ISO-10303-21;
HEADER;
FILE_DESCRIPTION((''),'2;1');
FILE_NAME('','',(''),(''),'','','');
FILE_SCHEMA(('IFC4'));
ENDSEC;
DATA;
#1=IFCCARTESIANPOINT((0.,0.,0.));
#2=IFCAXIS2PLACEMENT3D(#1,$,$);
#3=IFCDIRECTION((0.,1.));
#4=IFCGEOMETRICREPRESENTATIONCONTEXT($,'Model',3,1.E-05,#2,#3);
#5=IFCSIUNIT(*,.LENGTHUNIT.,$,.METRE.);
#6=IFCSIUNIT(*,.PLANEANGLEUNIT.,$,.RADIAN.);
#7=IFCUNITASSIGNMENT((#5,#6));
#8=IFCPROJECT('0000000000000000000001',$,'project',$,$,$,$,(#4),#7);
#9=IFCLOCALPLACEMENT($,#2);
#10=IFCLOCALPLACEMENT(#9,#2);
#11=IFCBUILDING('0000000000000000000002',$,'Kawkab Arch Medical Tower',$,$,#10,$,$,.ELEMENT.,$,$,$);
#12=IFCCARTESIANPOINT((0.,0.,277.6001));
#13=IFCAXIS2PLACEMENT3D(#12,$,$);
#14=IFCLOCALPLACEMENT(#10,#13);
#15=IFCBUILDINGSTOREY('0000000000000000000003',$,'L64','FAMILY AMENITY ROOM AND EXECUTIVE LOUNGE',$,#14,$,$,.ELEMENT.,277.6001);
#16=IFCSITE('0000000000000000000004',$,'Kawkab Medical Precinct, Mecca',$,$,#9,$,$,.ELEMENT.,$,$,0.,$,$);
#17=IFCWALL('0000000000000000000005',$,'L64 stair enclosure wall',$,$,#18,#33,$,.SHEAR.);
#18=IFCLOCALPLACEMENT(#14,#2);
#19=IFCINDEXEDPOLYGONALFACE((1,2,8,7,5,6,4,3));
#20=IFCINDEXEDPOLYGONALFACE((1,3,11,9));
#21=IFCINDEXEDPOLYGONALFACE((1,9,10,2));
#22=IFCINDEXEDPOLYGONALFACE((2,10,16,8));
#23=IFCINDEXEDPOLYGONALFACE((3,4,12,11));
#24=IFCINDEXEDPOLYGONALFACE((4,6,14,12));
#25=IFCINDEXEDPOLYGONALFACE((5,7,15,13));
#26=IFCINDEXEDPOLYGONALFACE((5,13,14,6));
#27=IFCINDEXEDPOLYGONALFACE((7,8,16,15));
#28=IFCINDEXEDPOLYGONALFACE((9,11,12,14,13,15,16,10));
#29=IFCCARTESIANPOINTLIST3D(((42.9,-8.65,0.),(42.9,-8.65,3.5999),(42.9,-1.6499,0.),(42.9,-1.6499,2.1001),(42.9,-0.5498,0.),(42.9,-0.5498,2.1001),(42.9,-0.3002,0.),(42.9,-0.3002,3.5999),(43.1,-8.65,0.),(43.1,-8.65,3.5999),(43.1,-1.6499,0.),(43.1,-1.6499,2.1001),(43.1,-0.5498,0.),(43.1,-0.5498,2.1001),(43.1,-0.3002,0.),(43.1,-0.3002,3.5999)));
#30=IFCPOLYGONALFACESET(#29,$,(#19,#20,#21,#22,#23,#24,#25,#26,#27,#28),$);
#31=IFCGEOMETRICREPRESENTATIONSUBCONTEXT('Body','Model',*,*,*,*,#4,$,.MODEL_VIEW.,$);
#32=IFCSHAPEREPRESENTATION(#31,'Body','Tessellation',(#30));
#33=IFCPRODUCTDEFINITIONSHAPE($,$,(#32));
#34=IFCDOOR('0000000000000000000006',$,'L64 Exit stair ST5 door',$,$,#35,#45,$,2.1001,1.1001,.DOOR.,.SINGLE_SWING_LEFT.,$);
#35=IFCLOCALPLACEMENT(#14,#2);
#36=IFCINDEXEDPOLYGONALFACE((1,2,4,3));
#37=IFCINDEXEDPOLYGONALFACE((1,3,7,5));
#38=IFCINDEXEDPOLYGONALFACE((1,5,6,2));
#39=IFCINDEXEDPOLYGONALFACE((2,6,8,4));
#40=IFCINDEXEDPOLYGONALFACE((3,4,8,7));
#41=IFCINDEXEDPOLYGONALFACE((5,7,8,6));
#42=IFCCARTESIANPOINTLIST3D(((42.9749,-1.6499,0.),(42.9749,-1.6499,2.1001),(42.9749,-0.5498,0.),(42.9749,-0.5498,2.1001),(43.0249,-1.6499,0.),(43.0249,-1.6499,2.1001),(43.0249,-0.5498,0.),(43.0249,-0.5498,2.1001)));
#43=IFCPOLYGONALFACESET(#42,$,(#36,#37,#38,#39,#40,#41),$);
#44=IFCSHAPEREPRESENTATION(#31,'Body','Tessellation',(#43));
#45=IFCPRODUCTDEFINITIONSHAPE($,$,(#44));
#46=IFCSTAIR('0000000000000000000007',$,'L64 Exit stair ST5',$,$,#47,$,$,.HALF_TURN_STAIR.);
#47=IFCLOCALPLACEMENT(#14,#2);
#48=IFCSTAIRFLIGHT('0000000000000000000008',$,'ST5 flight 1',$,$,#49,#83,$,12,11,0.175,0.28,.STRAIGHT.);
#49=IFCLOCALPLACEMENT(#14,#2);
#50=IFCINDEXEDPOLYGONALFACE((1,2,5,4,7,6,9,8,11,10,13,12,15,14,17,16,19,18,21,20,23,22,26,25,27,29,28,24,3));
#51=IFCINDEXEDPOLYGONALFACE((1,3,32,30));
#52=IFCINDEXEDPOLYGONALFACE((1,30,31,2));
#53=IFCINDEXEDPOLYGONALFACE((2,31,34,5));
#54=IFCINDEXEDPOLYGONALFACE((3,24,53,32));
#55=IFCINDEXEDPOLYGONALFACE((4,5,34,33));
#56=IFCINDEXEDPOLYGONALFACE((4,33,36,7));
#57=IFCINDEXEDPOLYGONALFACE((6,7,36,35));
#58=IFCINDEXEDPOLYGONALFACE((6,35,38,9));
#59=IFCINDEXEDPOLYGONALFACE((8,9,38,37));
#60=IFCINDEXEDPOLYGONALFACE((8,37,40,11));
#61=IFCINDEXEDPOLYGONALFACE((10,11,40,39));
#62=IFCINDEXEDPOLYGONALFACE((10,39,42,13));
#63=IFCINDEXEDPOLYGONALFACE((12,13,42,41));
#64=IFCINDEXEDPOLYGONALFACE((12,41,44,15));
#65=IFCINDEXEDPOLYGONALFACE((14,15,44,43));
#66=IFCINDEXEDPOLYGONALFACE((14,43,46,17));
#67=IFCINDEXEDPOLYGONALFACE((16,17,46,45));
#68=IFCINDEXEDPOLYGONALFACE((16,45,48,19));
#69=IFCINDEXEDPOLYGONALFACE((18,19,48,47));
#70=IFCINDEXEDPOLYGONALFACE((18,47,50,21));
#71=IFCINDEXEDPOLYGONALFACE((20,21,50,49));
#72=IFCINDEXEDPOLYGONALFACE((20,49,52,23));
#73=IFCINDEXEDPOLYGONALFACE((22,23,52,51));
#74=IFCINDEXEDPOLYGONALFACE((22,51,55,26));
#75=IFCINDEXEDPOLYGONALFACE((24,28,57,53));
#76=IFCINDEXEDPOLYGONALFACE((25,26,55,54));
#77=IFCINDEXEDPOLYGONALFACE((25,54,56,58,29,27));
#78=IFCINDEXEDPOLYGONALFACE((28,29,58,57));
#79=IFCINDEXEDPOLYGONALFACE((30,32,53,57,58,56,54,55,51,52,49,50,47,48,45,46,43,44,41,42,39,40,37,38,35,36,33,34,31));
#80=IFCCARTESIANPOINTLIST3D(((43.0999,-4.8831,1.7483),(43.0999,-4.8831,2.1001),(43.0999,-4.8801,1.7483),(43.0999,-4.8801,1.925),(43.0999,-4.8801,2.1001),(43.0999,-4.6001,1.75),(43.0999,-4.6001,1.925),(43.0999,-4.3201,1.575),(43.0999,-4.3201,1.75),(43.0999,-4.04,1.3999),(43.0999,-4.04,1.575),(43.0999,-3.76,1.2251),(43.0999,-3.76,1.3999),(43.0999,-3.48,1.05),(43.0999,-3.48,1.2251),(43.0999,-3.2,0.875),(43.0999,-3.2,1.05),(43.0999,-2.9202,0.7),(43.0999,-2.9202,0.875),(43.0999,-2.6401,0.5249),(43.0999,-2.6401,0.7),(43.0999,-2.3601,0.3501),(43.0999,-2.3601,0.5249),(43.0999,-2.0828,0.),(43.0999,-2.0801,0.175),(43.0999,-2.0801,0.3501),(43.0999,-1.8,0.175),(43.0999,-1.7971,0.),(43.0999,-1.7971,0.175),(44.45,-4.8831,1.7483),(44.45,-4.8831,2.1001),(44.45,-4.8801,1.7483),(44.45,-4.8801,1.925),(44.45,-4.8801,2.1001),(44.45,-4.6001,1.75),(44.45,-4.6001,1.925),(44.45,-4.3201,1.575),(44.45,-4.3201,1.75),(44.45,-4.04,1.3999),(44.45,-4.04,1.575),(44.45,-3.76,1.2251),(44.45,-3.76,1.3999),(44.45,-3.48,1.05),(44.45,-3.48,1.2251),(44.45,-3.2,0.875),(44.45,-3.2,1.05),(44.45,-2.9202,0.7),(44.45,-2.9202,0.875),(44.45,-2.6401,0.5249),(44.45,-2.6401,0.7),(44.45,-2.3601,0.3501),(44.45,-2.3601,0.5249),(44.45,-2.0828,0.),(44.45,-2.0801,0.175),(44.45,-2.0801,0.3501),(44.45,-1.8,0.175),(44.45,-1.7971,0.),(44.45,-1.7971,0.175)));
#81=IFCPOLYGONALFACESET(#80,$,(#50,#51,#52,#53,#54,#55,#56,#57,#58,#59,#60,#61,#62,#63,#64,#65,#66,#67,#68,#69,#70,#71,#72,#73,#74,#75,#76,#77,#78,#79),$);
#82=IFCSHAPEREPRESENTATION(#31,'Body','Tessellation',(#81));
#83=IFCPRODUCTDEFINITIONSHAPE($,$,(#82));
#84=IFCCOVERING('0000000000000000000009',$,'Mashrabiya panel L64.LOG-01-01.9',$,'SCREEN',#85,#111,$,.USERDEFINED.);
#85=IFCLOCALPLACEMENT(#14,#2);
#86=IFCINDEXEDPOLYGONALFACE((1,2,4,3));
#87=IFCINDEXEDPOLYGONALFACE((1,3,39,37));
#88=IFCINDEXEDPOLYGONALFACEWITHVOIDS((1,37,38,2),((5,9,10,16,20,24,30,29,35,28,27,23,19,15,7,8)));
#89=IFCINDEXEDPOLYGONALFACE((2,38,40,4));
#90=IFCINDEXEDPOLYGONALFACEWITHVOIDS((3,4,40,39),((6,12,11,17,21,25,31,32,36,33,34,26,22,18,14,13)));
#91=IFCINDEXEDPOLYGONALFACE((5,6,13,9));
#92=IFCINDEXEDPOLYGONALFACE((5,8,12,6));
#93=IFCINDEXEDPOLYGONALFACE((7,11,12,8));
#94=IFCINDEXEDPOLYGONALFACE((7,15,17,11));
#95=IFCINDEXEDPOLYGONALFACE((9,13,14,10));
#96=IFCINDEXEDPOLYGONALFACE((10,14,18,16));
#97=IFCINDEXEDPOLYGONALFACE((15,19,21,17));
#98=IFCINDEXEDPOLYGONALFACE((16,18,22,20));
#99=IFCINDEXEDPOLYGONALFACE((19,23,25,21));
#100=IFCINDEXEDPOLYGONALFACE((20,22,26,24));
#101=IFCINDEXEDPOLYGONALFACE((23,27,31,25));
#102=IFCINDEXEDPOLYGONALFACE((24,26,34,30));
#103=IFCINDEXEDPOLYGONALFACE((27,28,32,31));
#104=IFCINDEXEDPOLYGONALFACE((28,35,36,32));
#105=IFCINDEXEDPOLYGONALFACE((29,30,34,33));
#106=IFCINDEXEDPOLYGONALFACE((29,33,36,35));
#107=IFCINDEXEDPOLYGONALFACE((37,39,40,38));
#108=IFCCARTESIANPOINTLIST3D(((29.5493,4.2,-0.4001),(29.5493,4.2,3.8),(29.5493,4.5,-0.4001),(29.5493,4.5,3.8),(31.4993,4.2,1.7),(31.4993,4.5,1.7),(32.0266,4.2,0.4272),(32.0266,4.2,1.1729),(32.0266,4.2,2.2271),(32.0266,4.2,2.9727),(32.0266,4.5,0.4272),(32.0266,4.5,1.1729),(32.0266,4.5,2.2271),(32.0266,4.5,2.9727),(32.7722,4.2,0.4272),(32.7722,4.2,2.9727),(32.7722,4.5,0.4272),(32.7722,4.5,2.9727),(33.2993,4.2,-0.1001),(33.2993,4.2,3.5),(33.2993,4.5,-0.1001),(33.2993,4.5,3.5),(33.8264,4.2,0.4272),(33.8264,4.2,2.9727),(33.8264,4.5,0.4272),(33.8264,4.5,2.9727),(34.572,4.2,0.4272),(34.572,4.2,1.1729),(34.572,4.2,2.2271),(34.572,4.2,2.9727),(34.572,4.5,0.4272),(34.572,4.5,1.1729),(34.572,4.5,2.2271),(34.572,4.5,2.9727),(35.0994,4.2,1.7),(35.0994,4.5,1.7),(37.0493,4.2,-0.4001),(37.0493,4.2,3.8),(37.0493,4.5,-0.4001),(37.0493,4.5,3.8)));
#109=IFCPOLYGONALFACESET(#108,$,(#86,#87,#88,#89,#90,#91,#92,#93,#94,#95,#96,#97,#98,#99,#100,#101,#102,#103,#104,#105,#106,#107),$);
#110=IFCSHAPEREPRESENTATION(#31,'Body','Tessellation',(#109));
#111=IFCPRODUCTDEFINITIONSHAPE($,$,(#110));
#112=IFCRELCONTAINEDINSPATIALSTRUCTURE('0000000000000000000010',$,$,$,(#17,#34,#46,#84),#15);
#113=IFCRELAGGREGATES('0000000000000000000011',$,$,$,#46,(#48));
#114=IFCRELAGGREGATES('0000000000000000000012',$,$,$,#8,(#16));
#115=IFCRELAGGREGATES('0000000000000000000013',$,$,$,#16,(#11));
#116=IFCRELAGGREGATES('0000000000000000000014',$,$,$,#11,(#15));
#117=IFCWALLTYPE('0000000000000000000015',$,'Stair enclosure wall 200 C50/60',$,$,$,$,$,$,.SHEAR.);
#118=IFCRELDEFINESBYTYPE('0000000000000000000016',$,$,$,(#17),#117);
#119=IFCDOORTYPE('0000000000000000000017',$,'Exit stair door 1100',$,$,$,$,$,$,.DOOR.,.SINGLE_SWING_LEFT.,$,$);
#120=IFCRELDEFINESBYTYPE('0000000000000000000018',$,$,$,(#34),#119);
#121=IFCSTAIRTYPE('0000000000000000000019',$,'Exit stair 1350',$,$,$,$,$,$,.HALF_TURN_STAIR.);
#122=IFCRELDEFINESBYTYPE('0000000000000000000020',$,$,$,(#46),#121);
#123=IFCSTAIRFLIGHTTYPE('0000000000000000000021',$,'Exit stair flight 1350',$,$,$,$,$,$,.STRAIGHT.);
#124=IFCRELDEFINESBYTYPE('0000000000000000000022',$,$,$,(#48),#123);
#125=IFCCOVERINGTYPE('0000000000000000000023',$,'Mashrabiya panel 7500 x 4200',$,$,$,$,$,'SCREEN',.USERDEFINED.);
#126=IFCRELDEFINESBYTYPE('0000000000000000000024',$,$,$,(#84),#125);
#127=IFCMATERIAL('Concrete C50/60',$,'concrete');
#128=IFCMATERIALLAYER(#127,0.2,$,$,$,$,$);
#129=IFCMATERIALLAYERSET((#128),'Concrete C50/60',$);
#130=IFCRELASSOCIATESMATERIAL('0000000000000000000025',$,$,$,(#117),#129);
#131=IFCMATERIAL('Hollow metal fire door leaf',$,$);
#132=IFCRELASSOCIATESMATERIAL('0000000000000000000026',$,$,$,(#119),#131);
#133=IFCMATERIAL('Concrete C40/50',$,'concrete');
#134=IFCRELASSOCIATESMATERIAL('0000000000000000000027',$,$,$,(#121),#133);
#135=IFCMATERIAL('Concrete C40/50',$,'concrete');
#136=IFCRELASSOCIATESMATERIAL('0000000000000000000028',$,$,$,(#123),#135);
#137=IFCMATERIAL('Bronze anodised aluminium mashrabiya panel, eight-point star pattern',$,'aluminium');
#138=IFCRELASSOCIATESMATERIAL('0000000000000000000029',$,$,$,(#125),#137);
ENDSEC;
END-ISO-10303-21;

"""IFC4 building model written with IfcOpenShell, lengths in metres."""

from ifc_helpers import new_model, si_unit, direction, frame, frame_2d, origin, place, context, subcontext, project, spatial, polyline, rectangle, outline, extrude, material, layer, layer_set, material_profile, profile_set, type_object, element, fill, aggregate, save


model = new_model("IFC4")

# Units and contexts
model_context = context("Model", 3, precision=1e-05, world=origin(), true_north=direction((0.0, 1.0)))
body_context = subcontext(model_context, "Body", "Model", "MODEL_VIEW")
ifc_project = project(units=[si_unit("LENGTHUNIT", "METRE"), si_unit("PLANEANGLEUNIT", "RADIAN")], contexts=[model_context])

# Site, building, storey
site_placement = place(None, origin())
site = spatial("IfcSite", under=ifc_project, at=site_placement, Name="Kawkab Medical Precinct, Mecca", CompositionType="ELEMENT", RefElevation=0.0)
building_placement = place(site_placement, origin())
building = spatial("IfcBuilding", under=site, at=building_placement, Name="Kawkab Arch Medical Tower", CompositionType="ELEMENT")
storey_placement = place(building_placement, frame((0.0, 0.0, 277.6001)))
storey = spatial("IfcBuildingStorey", under=building, at=storey_placement, Name="L64", Description="FAMILY AMENITY ROOM AND EXECUTIVE LOUNGE", CompositionType="ELEMENT", Elevation=277.6001)

# Shared definitions
placement = place(storey_placement, origin())

# Wall, opening, door
ifc_material_1 = material(Name="Concrete C50/60", Category="concrete")
ifc_layer_1 = layer(ifc_material_1, 0.2)
ifc_layer_set_1 = layer_set([ifc_layer_1], Name="Concrete C50/60")
wall_type_1 = type_object("IfcWallType", Name="Stair enclosure wall 200 C50/60", PredefinedType="SHEAR", material=ifc_layer_set_1)
wall_1_placement = place(storey_placement, frame((43.0, -8.6499, 0.0), z_axis=(0.0, 0.0, 1.0), x_axis=(0.0, 1.0, 0.0)))
wall_1 = element("IfcWall", 1, at=wall_1_placement, inside=storey, type_object=wall_type_1, Name="L64 stair enclosure wall", PredefinedType="SHEAR", context=body_context, shape_type="SweptSolid", body=[
    extrude(rectangle(XDim=8.3499, YDim=0.2, at=frame_2d((4.1748, 0.0))), origin(), (0.0, 0.0, 1.0), 3.5999),
])
opening_placement = place(wall_1_placement, frame((7.0, 0.0, 0.0)))
opening = element("IfcOpeningElement", 2, at=opening_placement, cuts=wall_1, PredefinedType="OPENING", context=body_context, shape_type="SweptSolid", body=[
    extrude(rectangle(XDim=1.1001, YDim=2.1001, at=frame_2d((0.55, 1.05))), frame((0.0, 0.1099, 0.0), z_axis=(0.0, -1.0, 0.0), x_axis=(1.0, 0.0, 0.0)), (0.0, 0.0, 1.0), 0.22),
])
ifc_material_2 = material(Name="Hollow metal fire door leaf")
door_type = type_object("IfcDoorType", Name="Exit stair door 1100", OperationType="SINGLE_SWING_LEFT", PredefinedType="DOOR", material=ifc_material_2)
door_placement = place(opening_placement, frame((1.1001, 0.0, 0.0), z_axis=(0.0, 0.0, 1.0), x_axis=(-1.0, 0.0, 0.0)))
door = element("IfcDoor", 3, at=door_placement, inside=storey, type_object=door_type, Name="L64 Exit stair ST5 door", OperationType="SINGLE_SWING_LEFT", OverallHeight=2.1001, OverallWidth=1.1001, PredefinedType="DOOR", context=body_context, shape_type="SweptSolid", body=[
    extrude(rectangle(XDim=1.1001, YDim=2.1001, at=frame_2d((0.55, 1.05))), frame((0.0, 0.0249, 0.0), z_axis=(0.0, -1.0, 0.0), x_axis=(1.0, 0.0, 0.0)), (0.0, 0.0, 1.0), 0.05),
])
fill(opening, door)

# Stair, stair flight
ifc_material_3 = material(Name="Concrete C40/50", Category="concrete")
stair_type = type_object("IfcStairType", Name="Exit stair 1350", PredefinedType="HALF_TURN_STAIR", material=ifc_material_3)
stair = element("IfcStair", 4, at=placement, inside=storey, type_object=stair_type, Name="L64 Exit stair ST5", PredefinedType="HALF_TURN_STAIR")
ifc_material_4 = material(Name="Concrete C40/50", Category="concrete")
stair_flight_type = type_object("IfcStairFlightType", Name="Exit stair flight 1350", PredefinedType="STRAIGHT", material=ifc_material_4)
stair_flight_placement = place(storey_placement, frame((43.7749, -1.8, 0.0), z_axis=(0.0, 0.0, 1.0), x_axis=(0.0, -1.0, 0.0)))
stair_flight = element("IfcStairFlight", 5, at=stair_flight_placement, type_object=stair_flight_type, Name="ST5 flight 1", NumberOfRisers=12, NumberOfTreads=11, PredefinedType="STRAIGHT", RiserHeight=0.175, TreadLength=0.28, context=body_context, shape_type="SweptSolid", body=[
    extrude(outline(polyline([(-0.0029, 0.0), (-0.0029, 0.175), (0.0, 0.175), (0.28, 0.175), (0.28, 0.3501), (0.5601, 0.3501), (0.5601, 0.5249), (0.8401, 0.5249), (0.8401, 0.7), (1.1201, 0.7), (1.1201, 0.875), (1.3999, 0.875), (1.3999, 1.05), (1.6799, 1.05), (1.6799, 1.2251), (1.96, 1.2251), (1.96, 1.3999), (2.24, 1.3999), (2.24, 1.575), (2.52, 1.575), (2.52, 1.75), (2.8, 1.75), (2.8, 1.925), (3.0801, 1.925), (3.0801, 2.1001), (3.083, 2.1001), (3.083, 1.7483), (3.0801, 1.7483), (0.2827, 0.0), (-0.0029, 0.0)])), frame((0.0, 0.675, 0.0), z_axis=(0.0, -1.0, 0.0), x_axis=(1.0, 0.0, 0.0)), (0.0, 0.0, 1.0), 1.3501),
])
aggregate(stair, [stair_flight])

# Covering
ifc_material_5 = material(Name="Bronze anodised aluminium mashrabiya panel, eight-point star pattern", Category="aluminium")
ifc_material_profile_1 = material_profile(ifc_material_5, outline(polyline([(-3.75, -2.1001), (3.75, -2.1001), (3.75, 2.1001), (-3.75, 2.1001), (-3.75, -2.1001)]), holes=[polyline([(1.8, 0.0), (1.2727, 0.5271), (1.2727, 1.2727), (0.5271, 1.2727), (0.0, 1.8), (-0.5271, 1.2727), (-1.2727, 1.2727), (-1.2727, 0.5271), (-1.8, 0.0), (-1.2727, -0.5271), (-1.2727, -1.2727), (-0.5271, -1.2727), (0.0, -1.8), (0.5271, -1.2727), (1.2727, -1.2727), (1.2727, -0.5271), (1.8, 0.0)])]), Name="Mashrabiya panel 7500x4200")
ifc_profile_set_1 = profile_set([ifc_material_profile_1], Name="Bronze anodised aluminium mashrabiya panel, eight-point star pattern")
covering_type = type_object("IfcCoveringType", Name="Mashrabiya panel 7500 x 4200", ElementType="SCREEN", PredefinedType="USERDEFINED", material=ifc_profile_set_1)
covering_placement = place(storey_placement, frame((33.2993, 4.2, 1.7), z_axis=(0.0, 1.0, 0.0), x_axis=(-1.0, 0.0, 0.0)))
element("IfcCovering", 6, at=covering_placement, inside=storey, type_object=covering_type, Name="Mashrabiya panel L64.LOG-01-01.9", ObjectType="SCREEN", PredefinedType="USERDEFINED", context=body_context, shape_type="SweptSolid", body=[
    extrude(outline(polyline([(-3.75, -2.1001), (3.75, -2.1001), (3.75, 2.1001), (-3.75, 2.1001), (-3.75, -2.1001)]), holes=[polyline([(1.8, 0.0), (1.2727, 0.5271), (1.2727, 1.2727), (0.5271, 1.2727), (0.0, 1.8), (-0.5271, 1.2727), (-1.2727, 1.2727), (-1.2727, 0.5271), (-1.8, 0.0), (-1.2727, -0.5271), (-1.2727, -1.2727), (-0.5271, -1.2727), (0.0, -1.8), (0.5271, -1.2727), (1.2727, -1.2727), (1.2727, -0.5271), (1.8, 0.0)])]), origin(), (0.0, 0.0, 1.0), 0.3),
])

save(model, "model.ifc")
